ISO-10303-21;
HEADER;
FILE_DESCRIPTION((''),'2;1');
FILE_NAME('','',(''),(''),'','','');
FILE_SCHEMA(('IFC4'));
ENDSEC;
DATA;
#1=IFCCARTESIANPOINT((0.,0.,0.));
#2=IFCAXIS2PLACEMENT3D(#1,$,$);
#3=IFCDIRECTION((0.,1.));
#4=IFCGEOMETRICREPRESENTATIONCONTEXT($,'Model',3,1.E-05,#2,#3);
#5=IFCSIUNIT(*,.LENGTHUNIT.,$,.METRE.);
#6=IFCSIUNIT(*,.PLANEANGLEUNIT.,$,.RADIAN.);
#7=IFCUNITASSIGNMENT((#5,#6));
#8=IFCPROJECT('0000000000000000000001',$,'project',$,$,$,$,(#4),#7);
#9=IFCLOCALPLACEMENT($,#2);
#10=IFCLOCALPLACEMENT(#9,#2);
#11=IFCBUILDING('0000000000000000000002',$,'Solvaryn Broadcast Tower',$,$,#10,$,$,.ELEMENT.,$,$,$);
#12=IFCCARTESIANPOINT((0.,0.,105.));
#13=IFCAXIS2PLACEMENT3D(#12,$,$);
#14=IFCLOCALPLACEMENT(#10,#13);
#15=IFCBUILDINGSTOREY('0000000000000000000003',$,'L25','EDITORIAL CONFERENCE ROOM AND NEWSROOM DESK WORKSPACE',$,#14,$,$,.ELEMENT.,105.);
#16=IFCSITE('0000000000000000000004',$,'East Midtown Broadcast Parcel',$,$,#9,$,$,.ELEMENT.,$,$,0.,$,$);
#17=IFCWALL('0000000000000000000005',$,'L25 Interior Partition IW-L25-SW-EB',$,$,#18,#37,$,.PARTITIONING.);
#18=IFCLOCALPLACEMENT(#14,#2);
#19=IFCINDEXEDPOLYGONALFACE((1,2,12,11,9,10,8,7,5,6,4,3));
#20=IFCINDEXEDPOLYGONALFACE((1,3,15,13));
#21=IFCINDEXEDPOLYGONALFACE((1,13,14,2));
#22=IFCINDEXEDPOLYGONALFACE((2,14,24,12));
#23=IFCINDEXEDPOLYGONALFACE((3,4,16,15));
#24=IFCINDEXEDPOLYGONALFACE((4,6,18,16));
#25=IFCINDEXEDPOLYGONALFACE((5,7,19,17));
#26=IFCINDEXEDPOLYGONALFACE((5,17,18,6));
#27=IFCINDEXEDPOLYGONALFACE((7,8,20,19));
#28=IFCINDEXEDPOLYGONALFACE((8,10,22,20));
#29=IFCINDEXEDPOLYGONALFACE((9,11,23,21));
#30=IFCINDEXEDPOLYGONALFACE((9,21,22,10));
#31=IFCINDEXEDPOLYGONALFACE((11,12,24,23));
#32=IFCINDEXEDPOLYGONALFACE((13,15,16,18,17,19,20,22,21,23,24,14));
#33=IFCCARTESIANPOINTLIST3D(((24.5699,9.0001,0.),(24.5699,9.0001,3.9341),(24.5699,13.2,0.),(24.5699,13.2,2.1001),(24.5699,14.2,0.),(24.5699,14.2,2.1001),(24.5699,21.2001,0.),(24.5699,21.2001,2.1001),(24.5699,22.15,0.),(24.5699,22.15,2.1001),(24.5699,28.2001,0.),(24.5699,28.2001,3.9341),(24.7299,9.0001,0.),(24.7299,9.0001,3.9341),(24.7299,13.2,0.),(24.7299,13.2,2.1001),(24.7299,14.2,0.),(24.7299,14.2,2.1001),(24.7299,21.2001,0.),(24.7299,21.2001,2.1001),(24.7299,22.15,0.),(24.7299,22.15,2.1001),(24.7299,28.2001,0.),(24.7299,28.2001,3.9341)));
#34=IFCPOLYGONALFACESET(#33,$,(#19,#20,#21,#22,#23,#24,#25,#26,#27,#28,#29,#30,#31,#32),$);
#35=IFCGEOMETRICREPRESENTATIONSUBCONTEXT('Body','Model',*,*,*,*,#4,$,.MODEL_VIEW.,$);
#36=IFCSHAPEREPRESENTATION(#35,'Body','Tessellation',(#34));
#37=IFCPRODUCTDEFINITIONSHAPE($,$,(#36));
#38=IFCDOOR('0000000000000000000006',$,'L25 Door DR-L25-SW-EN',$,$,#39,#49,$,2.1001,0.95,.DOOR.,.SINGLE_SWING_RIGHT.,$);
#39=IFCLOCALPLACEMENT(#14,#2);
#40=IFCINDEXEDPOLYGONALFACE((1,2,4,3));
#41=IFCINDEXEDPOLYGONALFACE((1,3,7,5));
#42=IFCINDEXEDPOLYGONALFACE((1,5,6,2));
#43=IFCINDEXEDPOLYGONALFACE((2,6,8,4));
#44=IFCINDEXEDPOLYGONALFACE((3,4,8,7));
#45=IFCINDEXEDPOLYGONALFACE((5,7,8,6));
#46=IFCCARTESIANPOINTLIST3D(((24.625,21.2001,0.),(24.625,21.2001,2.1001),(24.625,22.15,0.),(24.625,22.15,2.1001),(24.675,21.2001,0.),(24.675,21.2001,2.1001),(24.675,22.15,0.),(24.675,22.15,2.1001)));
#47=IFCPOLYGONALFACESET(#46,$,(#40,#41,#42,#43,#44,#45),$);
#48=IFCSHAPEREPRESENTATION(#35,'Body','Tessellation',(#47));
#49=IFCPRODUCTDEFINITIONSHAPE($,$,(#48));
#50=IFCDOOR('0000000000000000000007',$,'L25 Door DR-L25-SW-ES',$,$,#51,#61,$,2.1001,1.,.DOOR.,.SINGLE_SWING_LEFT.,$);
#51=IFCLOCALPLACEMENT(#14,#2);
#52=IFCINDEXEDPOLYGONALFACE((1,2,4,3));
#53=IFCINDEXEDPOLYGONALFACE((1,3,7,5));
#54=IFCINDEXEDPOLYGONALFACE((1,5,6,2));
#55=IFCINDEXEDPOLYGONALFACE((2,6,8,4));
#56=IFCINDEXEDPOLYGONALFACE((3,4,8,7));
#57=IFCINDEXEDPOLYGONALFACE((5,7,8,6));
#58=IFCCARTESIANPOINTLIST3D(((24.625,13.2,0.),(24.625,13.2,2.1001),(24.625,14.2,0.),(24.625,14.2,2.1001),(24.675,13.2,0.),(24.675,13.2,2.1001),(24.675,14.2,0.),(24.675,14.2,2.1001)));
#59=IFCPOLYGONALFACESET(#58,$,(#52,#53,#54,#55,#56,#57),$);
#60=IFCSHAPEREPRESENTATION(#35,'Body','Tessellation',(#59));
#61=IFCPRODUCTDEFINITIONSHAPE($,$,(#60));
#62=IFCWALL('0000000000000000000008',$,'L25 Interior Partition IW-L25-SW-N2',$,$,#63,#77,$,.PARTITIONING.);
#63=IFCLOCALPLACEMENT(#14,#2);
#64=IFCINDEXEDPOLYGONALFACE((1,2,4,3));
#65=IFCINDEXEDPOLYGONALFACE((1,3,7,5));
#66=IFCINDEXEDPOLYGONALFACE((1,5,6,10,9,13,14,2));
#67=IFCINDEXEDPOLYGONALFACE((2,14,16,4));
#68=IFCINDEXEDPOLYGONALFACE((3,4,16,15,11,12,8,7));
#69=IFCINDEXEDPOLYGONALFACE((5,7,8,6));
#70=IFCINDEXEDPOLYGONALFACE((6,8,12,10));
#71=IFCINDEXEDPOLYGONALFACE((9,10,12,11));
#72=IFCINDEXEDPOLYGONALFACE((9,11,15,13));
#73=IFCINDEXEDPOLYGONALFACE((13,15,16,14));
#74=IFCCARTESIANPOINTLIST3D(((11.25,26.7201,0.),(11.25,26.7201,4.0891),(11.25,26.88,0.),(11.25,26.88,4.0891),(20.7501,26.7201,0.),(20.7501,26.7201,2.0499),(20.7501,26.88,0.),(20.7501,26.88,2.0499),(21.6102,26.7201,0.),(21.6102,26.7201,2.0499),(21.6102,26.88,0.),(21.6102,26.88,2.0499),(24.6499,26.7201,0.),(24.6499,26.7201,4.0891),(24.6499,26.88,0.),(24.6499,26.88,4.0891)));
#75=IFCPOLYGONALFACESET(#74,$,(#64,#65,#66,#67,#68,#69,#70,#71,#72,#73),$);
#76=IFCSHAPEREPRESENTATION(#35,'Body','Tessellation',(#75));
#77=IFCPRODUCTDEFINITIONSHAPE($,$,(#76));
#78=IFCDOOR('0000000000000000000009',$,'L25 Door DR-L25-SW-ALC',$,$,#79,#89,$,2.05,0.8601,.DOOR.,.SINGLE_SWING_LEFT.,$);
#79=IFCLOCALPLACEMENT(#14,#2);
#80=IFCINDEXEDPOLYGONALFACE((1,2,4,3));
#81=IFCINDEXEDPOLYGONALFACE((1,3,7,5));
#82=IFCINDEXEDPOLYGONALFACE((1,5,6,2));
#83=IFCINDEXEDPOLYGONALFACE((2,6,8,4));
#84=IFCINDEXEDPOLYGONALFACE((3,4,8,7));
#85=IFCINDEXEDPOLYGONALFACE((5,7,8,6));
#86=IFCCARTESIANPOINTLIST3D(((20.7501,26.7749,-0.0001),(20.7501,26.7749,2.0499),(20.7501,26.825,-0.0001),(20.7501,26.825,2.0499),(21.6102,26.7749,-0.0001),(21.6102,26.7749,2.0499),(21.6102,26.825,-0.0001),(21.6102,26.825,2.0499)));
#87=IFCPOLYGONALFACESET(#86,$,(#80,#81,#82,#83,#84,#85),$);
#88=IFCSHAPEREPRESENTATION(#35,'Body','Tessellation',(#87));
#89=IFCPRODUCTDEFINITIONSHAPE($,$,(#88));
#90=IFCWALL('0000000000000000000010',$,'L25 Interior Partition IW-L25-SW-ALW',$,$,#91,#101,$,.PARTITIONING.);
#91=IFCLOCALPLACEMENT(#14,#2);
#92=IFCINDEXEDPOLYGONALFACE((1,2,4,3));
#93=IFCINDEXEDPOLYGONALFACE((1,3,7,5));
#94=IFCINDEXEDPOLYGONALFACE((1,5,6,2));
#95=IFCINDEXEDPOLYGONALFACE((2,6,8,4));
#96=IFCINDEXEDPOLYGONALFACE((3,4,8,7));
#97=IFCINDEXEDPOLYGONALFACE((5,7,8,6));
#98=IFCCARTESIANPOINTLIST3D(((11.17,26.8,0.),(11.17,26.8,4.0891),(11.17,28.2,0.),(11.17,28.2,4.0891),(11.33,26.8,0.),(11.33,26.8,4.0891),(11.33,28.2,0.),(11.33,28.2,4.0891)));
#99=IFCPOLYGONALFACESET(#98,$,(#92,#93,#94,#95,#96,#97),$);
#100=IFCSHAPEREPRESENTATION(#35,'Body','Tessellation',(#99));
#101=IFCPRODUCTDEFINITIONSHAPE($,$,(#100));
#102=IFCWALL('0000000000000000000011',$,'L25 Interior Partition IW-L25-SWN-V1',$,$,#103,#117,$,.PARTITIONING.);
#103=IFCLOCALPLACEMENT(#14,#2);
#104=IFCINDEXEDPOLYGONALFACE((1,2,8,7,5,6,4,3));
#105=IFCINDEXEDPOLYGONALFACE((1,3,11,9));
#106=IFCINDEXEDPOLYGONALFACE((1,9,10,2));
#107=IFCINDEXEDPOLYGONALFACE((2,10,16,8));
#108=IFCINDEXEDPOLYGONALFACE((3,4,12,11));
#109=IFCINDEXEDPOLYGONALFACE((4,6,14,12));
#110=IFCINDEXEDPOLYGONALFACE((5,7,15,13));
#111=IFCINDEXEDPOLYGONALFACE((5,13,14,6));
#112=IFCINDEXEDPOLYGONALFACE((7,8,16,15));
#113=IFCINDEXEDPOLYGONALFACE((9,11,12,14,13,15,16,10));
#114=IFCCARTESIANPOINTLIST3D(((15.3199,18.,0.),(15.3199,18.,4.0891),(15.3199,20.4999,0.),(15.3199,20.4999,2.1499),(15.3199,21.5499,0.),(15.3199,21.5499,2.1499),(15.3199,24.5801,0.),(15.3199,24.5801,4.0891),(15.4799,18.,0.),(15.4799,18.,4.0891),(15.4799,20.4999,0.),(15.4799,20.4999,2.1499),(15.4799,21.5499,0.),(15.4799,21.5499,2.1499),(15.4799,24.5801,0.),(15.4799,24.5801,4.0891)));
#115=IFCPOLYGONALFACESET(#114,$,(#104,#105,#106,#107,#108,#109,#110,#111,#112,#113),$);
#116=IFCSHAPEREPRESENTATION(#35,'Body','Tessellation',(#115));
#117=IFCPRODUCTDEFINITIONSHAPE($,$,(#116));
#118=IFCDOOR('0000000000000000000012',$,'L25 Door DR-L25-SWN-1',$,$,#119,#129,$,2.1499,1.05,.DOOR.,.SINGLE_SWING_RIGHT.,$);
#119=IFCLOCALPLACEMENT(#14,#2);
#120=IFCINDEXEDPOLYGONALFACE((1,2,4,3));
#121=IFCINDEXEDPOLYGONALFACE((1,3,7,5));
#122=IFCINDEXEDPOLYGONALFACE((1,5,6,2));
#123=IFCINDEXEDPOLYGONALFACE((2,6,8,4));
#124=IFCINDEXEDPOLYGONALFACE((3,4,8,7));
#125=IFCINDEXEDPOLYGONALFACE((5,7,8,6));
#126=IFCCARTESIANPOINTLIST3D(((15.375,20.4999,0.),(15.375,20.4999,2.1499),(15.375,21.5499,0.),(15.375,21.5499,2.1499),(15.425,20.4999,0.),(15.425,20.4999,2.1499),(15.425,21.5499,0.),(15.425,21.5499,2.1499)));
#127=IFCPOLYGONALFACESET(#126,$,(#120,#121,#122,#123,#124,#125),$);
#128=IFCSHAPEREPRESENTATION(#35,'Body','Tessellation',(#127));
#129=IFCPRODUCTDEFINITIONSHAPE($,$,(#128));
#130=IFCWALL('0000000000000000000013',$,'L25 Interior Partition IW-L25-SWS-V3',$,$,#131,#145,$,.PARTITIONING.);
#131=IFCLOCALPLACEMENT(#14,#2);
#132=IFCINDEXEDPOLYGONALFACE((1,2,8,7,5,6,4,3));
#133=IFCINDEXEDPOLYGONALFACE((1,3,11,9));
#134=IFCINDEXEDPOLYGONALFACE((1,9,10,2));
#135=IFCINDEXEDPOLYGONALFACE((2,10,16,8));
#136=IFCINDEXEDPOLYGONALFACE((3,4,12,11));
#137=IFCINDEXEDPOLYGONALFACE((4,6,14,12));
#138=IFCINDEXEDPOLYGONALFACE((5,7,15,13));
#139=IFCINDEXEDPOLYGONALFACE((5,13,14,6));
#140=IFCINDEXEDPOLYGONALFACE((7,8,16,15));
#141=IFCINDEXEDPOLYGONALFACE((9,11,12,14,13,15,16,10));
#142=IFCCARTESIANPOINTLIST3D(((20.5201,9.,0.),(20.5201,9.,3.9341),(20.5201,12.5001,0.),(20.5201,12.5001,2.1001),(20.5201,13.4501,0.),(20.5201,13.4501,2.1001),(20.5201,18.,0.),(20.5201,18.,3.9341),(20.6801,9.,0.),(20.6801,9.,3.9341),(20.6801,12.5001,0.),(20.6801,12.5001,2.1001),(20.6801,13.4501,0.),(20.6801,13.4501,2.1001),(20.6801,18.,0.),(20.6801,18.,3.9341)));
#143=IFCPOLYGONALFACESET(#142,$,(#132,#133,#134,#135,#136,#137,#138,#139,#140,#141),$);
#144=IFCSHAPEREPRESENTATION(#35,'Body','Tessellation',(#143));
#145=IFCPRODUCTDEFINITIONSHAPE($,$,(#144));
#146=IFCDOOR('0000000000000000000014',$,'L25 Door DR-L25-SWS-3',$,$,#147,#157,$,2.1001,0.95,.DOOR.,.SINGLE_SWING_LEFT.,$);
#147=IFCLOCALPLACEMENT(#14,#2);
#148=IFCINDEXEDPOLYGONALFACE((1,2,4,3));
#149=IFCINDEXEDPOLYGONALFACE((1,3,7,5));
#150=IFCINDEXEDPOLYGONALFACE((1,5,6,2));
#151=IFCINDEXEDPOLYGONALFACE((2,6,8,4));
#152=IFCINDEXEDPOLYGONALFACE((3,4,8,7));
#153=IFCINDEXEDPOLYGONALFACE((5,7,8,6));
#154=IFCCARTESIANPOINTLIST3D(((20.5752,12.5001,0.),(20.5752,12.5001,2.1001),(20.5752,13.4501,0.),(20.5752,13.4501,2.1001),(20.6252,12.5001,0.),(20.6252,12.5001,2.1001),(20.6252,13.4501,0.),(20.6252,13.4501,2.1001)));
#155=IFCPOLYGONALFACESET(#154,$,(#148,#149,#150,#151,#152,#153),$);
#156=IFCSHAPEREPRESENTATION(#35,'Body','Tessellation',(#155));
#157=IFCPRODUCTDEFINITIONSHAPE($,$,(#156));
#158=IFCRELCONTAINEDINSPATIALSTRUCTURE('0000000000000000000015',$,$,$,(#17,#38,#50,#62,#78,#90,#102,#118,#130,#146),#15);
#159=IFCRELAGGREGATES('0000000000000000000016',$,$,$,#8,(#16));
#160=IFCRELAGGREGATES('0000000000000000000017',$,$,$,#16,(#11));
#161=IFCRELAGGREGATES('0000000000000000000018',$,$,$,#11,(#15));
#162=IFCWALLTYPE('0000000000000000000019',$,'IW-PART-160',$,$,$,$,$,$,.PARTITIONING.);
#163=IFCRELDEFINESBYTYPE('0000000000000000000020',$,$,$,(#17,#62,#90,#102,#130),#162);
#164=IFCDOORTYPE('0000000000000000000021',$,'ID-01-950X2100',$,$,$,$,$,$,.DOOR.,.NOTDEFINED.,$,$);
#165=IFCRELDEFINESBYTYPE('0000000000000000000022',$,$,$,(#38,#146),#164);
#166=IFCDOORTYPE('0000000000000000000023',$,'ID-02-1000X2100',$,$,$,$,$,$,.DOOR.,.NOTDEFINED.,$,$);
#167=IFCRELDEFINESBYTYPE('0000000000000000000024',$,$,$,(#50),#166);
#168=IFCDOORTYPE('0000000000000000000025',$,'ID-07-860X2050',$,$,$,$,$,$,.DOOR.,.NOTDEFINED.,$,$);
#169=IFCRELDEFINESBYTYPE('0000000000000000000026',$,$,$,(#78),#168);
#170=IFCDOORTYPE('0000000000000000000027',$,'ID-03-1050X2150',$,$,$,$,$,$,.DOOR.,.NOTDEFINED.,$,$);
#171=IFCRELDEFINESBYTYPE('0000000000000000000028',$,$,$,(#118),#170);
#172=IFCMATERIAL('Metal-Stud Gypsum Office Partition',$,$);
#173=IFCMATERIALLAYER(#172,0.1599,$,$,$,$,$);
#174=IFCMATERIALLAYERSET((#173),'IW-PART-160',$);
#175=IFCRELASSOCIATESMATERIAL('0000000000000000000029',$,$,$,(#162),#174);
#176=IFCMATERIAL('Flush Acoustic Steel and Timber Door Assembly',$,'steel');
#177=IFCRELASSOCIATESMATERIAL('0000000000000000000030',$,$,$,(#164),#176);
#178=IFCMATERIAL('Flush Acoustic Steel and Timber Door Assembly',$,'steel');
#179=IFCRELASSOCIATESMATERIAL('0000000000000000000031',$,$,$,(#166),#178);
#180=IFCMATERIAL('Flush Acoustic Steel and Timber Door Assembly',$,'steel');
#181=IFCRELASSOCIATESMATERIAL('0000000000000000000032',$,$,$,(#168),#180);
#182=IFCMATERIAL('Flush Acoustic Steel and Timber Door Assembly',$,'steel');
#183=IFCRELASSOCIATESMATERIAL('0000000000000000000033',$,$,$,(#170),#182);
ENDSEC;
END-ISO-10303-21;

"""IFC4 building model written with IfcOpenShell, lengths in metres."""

from ifc_helpers import new_model, si_unit, direction, frame, frame_2d, origin, place, context, subcontext, project, spatial, rectangle, extrude, material, layer, layer_set, type_object, element, fill, save


model = new_model("IFC4")

# Units and contexts
model_context = context("Model", 3, precision=1e-05, world=origin(), true_north=direction((0.0, 1.0)))
body_context = subcontext(model_context, "Body", "Model", "MODEL_VIEW")
ifc_project = project(units=[si_unit("LENGTHUNIT", "METRE"), si_unit("PLANEANGLEUNIT", "RADIAN")], contexts=[model_context])

# Site, building, storey
site_placement = place(None, origin())
site = spatial("IfcSite", under=ifc_project, at=site_placement, Name="East Midtown Broadcast Parcel", CompositionType="ELEMENT", RefElevation=0.0)
building_placement = place(site_placement, origin())
building = spatial("IfcBuilding", under=site, at=building_placement, Name="Solvaryn Broadcast Tower", CompositionType="ELEMENT")
storey_placement = place(building_placement, frame((0.0, 0.0, 105.0)))
storey = spatial("IfcBuildingStorey", under=building, at=storey_placement, Name="L25", Description="EDITORIAL CONFERENCE ROOM AND NEWSROOM DESK WORKSPACE", CompositionType="ELEMENT", Elevation=105.0)

# Wall, openings, doors
ifc_material_1 = material(Name="Metal-Stud Gypsum Office Partition")
ifc_layer = layer(ifc_material_1, 0.1599)
ifc_layer_set = layer_set([ifc_layer], Name="IW-PART-160")
wall_type = type_object("IfcWallType", Name="IW-PART-160", PredefinedType="PARTITIONING", material=ifc_layer_set)
wall_1_placement = place(storey_placement, frame((24.6499, 9.0, 0.0), z_axis=(0.0, 0.0, 1.0), x_axis=(0.0, 1.0, 0.0)))
wall_1 = element("IfcWall", 1, at=wall_1_placement, inside=storey, type_object=wall_type, Name="L25 Interior Partition IW-L25-SW-EB", PredefinedType="PARTITIONING", context=body_context, shape_type="SweptSolid", body=[
    extrude(rectangle(XDim=19.2, YDim=0.1599, at=frame_2d((9.6001, 0.0))), origin(), (0.0, 0.0, 1.0), 3.9341),
])
opening_1_placement = place(wall_1_placement, frame((12.2, 0.0, 0.0)))
opening_1 = element("IfcOpeningElement", 2, at=opening_1_placement, cuts=wall_1, PredefinedType="OPENING", context=body_context, shape_type="SweptSolid", body=[
    extrude(rectangle(XDim=0.95, YDim=2.1001, at=frame_2d((0.4751, 1.05))), frame((0.0, 0.0901, 0.0), z_axis=(0.0, -1.0, 0.0), x_axis=(1.0, 0.0, 0.0)), (0.0, 0.0, 1.0), 0.1799),
])
opening_2_placement = place(wall_1_placement, frame((4.2, 0.0, 0.0)))
opening_2 = element("IfcOpeningElement", 3, at=opening_2_placement, cuts=wall_1, PredefinedType="OPENING", context=body_context, shape_type="SweptSolid", body=[
    extrude(rectangle(XDim=1.0, YDim=2.1001, at=frame_2d((0.5, 1.05))), frame((0.0, 0.0901, 0.0), z_axis=(0.0, -1.0, 0.0), x_axis=(1.0, 0.0, 0.0)), (0.0, 0.0, 1.0), 0.1799),
])
ifc_material_2 = material(Name="Flush Acoustic Steel and Timber Door Assembly", Category="steel")
door_type_1 = type_object("IfcDoorType", Name="ID-01-950X2100", OperationType="NOTDEFINED", PredefinedType="DOOR", material=ifc_material_2)
door_1_placement = place(opening_1_placement, origin())
door_1 = element("IfcDoor", 4, at=door_1_placement, inside=storey, type_object=door_type_1, Name="L25 Door DR-L25-SW-EN", OperationType="SINGLE_SWING_RIGHT", OverallHeight=2.1001, OverallWidth=0.95, PredefinedType="DOOR", context=body_context, shape_type="SweptSolid", body=[
    extrude(rectangle(XDim=0.95, YDim=2.1001, at=frame_2d((0.4751, 1.05))), frame((0.0, 0.0249, 0.0), z_axis=(0.0, -1.0, 0.0), x_axis=(1.0, 0.0, 0.0)), (0.0, 0.0, 1.0), 0.05),
])
fill(opening_1, door_1)
ifc_material_3 = material(Name="Flush Acoustic Steel and Timber Door Assembly", Category="steel")
door_type_2 = type_object("IfcDoorType", Name="ID-02-1000X2100", OperationType="NOTDEFINED", PredefinedType="DOOR", material=ifc_material_3)
door_2_placement = place(opening_2_placement, origin())
door_2 = element("IfcDoor", 5, at=door_2_placement, inside=storey, type_object=door_type_2, Name="L25 Door DR-L25-SW-ES", OperationType="SINGLE_SWING_LEFT", OverallHeight=2.1001, OverallWidth=1.0, PredefinedType="DOOR", context=body_context, shape_type="SweptSolid", body=[
    extrude(rectangle(XDim=1.0, YDim=2.1001, at=frame_2d((0.5, 1.05))), frame((0.0, 0.0249, 0.0), z_axis=(0.0, -1.0, 0.0), x_axis=(1.0, 0.0, 0.0)), (0.0, 0.0, 1.0), 0.05),
])
fill(opening_2, door_2)

# Wall, opening, door
wall_2_placement = place(storey_placement, frame((11.25, 26.8, 0.0), z_axis=(0.0, 0.0, 1.0), x_axis=(1.0, 0.0, 0.0)))
wall_2 = element("IfcWall", 6, at=wall_2_placement, inside=storey, type_object=wall_type, Name="L25 Interior Partition IW-L25-SW-N2", PredefinedType="PARTITIONING", context=body_context, shape_type="SweptSolid", body=[
    extrude(rectangle(XDim=13.3999, YDim=0.1599, at=frame_2d((6.7, 0.0))), origin(), (0.0, 0.0, 1.0), 4.0891),
])
opening_3_placement = place(wall_2_placement, frame((9.5, 0.0, 0.0)))
opening_3 = element("IfcOpeningElement", 7, at=opening_3_placement, cuts=wall_2, PredefinedType="OPENING", context=body_context, shape_type="SweptSolid", body=[
    extrude(rectangle(XDim=0.8601, YDim=2.05, at=frame_2d((0.4302, 1.0249))), frame((0.0, 0.0901, 0.0), z_axis=(0.0, -1.0, 0.0), x_axis=(1.0, 0.0, 0.0)), (0.0, 0.0, 1.0), 0.1799),
])
ifc_material_4 = material(Name="Flush Acoustic Steel and Timber Door Assembly", Category="steel")
door_type_3 = type_object("IfcDoorType", Name="ID-07-860X2050", OperationType="NOTDEFINED", PredefinedType="DOOR", material=ifc_material_4)
door_3_placement = place(opening_3_placement, origin())
door_3 = element("IfcDoor", 8, at=door_3_placement, inside=storey, type_object=door_type_3, Name="L25 Door DR-L25-SW-ALC", OperationType="SINGLE_SWING_LEFT", OverallHeight=2.05, OverallWidth=0.8601, PredefinedType="DOOR", context=body_context, shape_type="SweptSolid", body=[
    extrude(rectangle(XDim=0.8601, YDim=2.05, at=frame_2d((0.4302, 1.0249))), frame((0.0, 0.0249, 0.0), z_axis=(0.0, -1.0, 0.0), x_axis=(1.0, 0.0, 0.0)), (0.0, 0.0, 1.0), 0.05),
])
fill(opening_3, door_3)

# Wall
wall_3_placement = place(storey_placement, frame((11.25, 26.8, 0.0), z_axis=(0.0, 0.0, 1.0), x_axis=(0.0, 1.0, 0.0)))
element("IfcWall", 9, at=wall_3_placement, inside=storey, type_object=wall_type, Name="L25 Interior Partition IW-L25-SW-ALW", PredefinedType="PARTITIONING", context=body_context, shape_type="SweptSolid", body=[
    extrude(rectangle(XDim=1.3999, YDim=0.1599, at=frame_2d((0.7, 0.0))), origin(), (0.0, 0.0, 1.0), 4.0891),
])

# Walls, openings, doors
wall_4_placement = place(storey_placement, frame((15.3999, 18.0, 0.0), z_axis=(0.0, 0.0, 1.0), x_axis=(0.0, 1.0, 0.0)))
wall_4 = element("IfcWall", 10, at=wall_4_placement, inside=storey, type_object=wall_type, Name="L25 Interior Partition IW-L25-SWN-V1", PredefinedType="PARTITIONING", context=body_context, shape_type="SweptSolid", body=[
    extrude(rectangle(XDim=6.5801, YDim=0.1599, at=frame_2d((3.29, 0.0))), origin(), (0.0, 0.0, 1.0), 4.0891),
])
opening_4_placement = place(wall_4_placement, frame((2.5, 0.0, 0.0)))
opening_4 = element("IfcOpeningElement", 11, at=opening_4_placement, cuts=wall_4, PredefinedType="OPENING", context=body_context, shape_type="SweptSolid", body=[
    extrude(rectangle(XDim=1.05, YDim=2.1499, at=frame_2d((0.5249, 1.075))), frame((0.0, 0.0901, 0.0), z_axis=(0.0, -1.0, 0.0), x_axis=(1.0, 0.0, 0.0)), (0.0, 0.0, 1.0), 0.1799),
])
ifc_material_5 = material(Name="Flush Acoustic Steel and Timber Door Assembly", Category="steel")
door_type_4 = type_object("IfcDoorType", Name="ID-03-1050X2150", OperationType="NOTDEFINED", PredefinedType="DOOR", material=ifc_material_5)
door_4_placement = place(opening_4_placement, origin())
door_4 = element("IfcDoor", 12, at=door_4_placement, inside=storey, type_object=door_type_4, Name="L25 Door DR-L25-SWN-1", OperationType="SINGLE_SWING_RIGHT", OverallHeight=2.1499, OverallWidth=1.05, PredefinedType="DOOR", context=body_context, shape_type="SweptSolid", body=[
    extrude(rectangle(XDim=1.05, YDim=2.1499, at=frame_2d((0.5249, 1.075))), frame((0.0, 0.0249, 0.0), z_axis=(0.0, -1.0, 0.0), x_axis=(1.0, 0.0, 0.0)), (0.0, 0.0, 1.0), 0.05),
])
fill(opening_4, door_4)
wall_5_placement = place(storey_placement, frame((20.6001, 9.0, 0.0), z_axis=(0.0, 0.0, 1.0), x_axis=(0.0, 1.0, 0.0)))
wall_5 = element("IfcWall", 13, at=wall_5_placement, inside=storey, type_object=wall_type, Name="L25 Interior Partition IW-L25-SWS-V3", PredefinedType="PARTITIONING", context=body_context, shape_type="SweptSolid", body=[
    extrude(rectangle(XDim=9.0, YDim=0.1599, at=frame_2d((4.5, 0.0))), origin(), (0.0, 0.0, 1.0), 3.9341),
])
opening_5_placement = place(wall_5_placement, frame((3.5, 0.0, 0.0)))
opening_5 = element("IfcOpeningElement", 14, at=opening_5_placement, cuts=wall_5, PredefinedType="OPENING", context=body_context, shape_type="SweptSolid", body=[
    extrude(rectangle(XDim=0.95, YDim=2.1001, at=frame_2d((0.4751, 1.05))), frame((0.0, 0.0901, 0.0), z_axis=(0.0, -1.0, 0.0), x_axis=(1.0, 0.0, 0.0)), (0.0, 0.0, 1.0), 0.1799),
])
door_5_placement = place(opening_5_placement, origin())
door_5 = element("IfcDoor", 15, at=door_5_placement, inside=storey, type_object=door_type_1, Name="L25 Door DR-L25-SWS-3", OperationType="SINGLE_SWING_LEFT", OverallHeight=2.1001, OverallWidth=0.95, PredefinedType="DOOR", context=body_context, shape_type="SweptSolid", body=[
    extrude(rectangle(XDim=0.95, YDim=2.1001, at=frame_2d((0.4751, 1.05))), frame((0.0, 0.0249, 0.0), z_axis=(0.0, -1.0, 0.0), x_axis=(1.0, 0.0, 0.0)), (0.0, 0.0, 1.0), 0.05),
])
fill(opening_5, door_5)

save(model, "model.ifc")
